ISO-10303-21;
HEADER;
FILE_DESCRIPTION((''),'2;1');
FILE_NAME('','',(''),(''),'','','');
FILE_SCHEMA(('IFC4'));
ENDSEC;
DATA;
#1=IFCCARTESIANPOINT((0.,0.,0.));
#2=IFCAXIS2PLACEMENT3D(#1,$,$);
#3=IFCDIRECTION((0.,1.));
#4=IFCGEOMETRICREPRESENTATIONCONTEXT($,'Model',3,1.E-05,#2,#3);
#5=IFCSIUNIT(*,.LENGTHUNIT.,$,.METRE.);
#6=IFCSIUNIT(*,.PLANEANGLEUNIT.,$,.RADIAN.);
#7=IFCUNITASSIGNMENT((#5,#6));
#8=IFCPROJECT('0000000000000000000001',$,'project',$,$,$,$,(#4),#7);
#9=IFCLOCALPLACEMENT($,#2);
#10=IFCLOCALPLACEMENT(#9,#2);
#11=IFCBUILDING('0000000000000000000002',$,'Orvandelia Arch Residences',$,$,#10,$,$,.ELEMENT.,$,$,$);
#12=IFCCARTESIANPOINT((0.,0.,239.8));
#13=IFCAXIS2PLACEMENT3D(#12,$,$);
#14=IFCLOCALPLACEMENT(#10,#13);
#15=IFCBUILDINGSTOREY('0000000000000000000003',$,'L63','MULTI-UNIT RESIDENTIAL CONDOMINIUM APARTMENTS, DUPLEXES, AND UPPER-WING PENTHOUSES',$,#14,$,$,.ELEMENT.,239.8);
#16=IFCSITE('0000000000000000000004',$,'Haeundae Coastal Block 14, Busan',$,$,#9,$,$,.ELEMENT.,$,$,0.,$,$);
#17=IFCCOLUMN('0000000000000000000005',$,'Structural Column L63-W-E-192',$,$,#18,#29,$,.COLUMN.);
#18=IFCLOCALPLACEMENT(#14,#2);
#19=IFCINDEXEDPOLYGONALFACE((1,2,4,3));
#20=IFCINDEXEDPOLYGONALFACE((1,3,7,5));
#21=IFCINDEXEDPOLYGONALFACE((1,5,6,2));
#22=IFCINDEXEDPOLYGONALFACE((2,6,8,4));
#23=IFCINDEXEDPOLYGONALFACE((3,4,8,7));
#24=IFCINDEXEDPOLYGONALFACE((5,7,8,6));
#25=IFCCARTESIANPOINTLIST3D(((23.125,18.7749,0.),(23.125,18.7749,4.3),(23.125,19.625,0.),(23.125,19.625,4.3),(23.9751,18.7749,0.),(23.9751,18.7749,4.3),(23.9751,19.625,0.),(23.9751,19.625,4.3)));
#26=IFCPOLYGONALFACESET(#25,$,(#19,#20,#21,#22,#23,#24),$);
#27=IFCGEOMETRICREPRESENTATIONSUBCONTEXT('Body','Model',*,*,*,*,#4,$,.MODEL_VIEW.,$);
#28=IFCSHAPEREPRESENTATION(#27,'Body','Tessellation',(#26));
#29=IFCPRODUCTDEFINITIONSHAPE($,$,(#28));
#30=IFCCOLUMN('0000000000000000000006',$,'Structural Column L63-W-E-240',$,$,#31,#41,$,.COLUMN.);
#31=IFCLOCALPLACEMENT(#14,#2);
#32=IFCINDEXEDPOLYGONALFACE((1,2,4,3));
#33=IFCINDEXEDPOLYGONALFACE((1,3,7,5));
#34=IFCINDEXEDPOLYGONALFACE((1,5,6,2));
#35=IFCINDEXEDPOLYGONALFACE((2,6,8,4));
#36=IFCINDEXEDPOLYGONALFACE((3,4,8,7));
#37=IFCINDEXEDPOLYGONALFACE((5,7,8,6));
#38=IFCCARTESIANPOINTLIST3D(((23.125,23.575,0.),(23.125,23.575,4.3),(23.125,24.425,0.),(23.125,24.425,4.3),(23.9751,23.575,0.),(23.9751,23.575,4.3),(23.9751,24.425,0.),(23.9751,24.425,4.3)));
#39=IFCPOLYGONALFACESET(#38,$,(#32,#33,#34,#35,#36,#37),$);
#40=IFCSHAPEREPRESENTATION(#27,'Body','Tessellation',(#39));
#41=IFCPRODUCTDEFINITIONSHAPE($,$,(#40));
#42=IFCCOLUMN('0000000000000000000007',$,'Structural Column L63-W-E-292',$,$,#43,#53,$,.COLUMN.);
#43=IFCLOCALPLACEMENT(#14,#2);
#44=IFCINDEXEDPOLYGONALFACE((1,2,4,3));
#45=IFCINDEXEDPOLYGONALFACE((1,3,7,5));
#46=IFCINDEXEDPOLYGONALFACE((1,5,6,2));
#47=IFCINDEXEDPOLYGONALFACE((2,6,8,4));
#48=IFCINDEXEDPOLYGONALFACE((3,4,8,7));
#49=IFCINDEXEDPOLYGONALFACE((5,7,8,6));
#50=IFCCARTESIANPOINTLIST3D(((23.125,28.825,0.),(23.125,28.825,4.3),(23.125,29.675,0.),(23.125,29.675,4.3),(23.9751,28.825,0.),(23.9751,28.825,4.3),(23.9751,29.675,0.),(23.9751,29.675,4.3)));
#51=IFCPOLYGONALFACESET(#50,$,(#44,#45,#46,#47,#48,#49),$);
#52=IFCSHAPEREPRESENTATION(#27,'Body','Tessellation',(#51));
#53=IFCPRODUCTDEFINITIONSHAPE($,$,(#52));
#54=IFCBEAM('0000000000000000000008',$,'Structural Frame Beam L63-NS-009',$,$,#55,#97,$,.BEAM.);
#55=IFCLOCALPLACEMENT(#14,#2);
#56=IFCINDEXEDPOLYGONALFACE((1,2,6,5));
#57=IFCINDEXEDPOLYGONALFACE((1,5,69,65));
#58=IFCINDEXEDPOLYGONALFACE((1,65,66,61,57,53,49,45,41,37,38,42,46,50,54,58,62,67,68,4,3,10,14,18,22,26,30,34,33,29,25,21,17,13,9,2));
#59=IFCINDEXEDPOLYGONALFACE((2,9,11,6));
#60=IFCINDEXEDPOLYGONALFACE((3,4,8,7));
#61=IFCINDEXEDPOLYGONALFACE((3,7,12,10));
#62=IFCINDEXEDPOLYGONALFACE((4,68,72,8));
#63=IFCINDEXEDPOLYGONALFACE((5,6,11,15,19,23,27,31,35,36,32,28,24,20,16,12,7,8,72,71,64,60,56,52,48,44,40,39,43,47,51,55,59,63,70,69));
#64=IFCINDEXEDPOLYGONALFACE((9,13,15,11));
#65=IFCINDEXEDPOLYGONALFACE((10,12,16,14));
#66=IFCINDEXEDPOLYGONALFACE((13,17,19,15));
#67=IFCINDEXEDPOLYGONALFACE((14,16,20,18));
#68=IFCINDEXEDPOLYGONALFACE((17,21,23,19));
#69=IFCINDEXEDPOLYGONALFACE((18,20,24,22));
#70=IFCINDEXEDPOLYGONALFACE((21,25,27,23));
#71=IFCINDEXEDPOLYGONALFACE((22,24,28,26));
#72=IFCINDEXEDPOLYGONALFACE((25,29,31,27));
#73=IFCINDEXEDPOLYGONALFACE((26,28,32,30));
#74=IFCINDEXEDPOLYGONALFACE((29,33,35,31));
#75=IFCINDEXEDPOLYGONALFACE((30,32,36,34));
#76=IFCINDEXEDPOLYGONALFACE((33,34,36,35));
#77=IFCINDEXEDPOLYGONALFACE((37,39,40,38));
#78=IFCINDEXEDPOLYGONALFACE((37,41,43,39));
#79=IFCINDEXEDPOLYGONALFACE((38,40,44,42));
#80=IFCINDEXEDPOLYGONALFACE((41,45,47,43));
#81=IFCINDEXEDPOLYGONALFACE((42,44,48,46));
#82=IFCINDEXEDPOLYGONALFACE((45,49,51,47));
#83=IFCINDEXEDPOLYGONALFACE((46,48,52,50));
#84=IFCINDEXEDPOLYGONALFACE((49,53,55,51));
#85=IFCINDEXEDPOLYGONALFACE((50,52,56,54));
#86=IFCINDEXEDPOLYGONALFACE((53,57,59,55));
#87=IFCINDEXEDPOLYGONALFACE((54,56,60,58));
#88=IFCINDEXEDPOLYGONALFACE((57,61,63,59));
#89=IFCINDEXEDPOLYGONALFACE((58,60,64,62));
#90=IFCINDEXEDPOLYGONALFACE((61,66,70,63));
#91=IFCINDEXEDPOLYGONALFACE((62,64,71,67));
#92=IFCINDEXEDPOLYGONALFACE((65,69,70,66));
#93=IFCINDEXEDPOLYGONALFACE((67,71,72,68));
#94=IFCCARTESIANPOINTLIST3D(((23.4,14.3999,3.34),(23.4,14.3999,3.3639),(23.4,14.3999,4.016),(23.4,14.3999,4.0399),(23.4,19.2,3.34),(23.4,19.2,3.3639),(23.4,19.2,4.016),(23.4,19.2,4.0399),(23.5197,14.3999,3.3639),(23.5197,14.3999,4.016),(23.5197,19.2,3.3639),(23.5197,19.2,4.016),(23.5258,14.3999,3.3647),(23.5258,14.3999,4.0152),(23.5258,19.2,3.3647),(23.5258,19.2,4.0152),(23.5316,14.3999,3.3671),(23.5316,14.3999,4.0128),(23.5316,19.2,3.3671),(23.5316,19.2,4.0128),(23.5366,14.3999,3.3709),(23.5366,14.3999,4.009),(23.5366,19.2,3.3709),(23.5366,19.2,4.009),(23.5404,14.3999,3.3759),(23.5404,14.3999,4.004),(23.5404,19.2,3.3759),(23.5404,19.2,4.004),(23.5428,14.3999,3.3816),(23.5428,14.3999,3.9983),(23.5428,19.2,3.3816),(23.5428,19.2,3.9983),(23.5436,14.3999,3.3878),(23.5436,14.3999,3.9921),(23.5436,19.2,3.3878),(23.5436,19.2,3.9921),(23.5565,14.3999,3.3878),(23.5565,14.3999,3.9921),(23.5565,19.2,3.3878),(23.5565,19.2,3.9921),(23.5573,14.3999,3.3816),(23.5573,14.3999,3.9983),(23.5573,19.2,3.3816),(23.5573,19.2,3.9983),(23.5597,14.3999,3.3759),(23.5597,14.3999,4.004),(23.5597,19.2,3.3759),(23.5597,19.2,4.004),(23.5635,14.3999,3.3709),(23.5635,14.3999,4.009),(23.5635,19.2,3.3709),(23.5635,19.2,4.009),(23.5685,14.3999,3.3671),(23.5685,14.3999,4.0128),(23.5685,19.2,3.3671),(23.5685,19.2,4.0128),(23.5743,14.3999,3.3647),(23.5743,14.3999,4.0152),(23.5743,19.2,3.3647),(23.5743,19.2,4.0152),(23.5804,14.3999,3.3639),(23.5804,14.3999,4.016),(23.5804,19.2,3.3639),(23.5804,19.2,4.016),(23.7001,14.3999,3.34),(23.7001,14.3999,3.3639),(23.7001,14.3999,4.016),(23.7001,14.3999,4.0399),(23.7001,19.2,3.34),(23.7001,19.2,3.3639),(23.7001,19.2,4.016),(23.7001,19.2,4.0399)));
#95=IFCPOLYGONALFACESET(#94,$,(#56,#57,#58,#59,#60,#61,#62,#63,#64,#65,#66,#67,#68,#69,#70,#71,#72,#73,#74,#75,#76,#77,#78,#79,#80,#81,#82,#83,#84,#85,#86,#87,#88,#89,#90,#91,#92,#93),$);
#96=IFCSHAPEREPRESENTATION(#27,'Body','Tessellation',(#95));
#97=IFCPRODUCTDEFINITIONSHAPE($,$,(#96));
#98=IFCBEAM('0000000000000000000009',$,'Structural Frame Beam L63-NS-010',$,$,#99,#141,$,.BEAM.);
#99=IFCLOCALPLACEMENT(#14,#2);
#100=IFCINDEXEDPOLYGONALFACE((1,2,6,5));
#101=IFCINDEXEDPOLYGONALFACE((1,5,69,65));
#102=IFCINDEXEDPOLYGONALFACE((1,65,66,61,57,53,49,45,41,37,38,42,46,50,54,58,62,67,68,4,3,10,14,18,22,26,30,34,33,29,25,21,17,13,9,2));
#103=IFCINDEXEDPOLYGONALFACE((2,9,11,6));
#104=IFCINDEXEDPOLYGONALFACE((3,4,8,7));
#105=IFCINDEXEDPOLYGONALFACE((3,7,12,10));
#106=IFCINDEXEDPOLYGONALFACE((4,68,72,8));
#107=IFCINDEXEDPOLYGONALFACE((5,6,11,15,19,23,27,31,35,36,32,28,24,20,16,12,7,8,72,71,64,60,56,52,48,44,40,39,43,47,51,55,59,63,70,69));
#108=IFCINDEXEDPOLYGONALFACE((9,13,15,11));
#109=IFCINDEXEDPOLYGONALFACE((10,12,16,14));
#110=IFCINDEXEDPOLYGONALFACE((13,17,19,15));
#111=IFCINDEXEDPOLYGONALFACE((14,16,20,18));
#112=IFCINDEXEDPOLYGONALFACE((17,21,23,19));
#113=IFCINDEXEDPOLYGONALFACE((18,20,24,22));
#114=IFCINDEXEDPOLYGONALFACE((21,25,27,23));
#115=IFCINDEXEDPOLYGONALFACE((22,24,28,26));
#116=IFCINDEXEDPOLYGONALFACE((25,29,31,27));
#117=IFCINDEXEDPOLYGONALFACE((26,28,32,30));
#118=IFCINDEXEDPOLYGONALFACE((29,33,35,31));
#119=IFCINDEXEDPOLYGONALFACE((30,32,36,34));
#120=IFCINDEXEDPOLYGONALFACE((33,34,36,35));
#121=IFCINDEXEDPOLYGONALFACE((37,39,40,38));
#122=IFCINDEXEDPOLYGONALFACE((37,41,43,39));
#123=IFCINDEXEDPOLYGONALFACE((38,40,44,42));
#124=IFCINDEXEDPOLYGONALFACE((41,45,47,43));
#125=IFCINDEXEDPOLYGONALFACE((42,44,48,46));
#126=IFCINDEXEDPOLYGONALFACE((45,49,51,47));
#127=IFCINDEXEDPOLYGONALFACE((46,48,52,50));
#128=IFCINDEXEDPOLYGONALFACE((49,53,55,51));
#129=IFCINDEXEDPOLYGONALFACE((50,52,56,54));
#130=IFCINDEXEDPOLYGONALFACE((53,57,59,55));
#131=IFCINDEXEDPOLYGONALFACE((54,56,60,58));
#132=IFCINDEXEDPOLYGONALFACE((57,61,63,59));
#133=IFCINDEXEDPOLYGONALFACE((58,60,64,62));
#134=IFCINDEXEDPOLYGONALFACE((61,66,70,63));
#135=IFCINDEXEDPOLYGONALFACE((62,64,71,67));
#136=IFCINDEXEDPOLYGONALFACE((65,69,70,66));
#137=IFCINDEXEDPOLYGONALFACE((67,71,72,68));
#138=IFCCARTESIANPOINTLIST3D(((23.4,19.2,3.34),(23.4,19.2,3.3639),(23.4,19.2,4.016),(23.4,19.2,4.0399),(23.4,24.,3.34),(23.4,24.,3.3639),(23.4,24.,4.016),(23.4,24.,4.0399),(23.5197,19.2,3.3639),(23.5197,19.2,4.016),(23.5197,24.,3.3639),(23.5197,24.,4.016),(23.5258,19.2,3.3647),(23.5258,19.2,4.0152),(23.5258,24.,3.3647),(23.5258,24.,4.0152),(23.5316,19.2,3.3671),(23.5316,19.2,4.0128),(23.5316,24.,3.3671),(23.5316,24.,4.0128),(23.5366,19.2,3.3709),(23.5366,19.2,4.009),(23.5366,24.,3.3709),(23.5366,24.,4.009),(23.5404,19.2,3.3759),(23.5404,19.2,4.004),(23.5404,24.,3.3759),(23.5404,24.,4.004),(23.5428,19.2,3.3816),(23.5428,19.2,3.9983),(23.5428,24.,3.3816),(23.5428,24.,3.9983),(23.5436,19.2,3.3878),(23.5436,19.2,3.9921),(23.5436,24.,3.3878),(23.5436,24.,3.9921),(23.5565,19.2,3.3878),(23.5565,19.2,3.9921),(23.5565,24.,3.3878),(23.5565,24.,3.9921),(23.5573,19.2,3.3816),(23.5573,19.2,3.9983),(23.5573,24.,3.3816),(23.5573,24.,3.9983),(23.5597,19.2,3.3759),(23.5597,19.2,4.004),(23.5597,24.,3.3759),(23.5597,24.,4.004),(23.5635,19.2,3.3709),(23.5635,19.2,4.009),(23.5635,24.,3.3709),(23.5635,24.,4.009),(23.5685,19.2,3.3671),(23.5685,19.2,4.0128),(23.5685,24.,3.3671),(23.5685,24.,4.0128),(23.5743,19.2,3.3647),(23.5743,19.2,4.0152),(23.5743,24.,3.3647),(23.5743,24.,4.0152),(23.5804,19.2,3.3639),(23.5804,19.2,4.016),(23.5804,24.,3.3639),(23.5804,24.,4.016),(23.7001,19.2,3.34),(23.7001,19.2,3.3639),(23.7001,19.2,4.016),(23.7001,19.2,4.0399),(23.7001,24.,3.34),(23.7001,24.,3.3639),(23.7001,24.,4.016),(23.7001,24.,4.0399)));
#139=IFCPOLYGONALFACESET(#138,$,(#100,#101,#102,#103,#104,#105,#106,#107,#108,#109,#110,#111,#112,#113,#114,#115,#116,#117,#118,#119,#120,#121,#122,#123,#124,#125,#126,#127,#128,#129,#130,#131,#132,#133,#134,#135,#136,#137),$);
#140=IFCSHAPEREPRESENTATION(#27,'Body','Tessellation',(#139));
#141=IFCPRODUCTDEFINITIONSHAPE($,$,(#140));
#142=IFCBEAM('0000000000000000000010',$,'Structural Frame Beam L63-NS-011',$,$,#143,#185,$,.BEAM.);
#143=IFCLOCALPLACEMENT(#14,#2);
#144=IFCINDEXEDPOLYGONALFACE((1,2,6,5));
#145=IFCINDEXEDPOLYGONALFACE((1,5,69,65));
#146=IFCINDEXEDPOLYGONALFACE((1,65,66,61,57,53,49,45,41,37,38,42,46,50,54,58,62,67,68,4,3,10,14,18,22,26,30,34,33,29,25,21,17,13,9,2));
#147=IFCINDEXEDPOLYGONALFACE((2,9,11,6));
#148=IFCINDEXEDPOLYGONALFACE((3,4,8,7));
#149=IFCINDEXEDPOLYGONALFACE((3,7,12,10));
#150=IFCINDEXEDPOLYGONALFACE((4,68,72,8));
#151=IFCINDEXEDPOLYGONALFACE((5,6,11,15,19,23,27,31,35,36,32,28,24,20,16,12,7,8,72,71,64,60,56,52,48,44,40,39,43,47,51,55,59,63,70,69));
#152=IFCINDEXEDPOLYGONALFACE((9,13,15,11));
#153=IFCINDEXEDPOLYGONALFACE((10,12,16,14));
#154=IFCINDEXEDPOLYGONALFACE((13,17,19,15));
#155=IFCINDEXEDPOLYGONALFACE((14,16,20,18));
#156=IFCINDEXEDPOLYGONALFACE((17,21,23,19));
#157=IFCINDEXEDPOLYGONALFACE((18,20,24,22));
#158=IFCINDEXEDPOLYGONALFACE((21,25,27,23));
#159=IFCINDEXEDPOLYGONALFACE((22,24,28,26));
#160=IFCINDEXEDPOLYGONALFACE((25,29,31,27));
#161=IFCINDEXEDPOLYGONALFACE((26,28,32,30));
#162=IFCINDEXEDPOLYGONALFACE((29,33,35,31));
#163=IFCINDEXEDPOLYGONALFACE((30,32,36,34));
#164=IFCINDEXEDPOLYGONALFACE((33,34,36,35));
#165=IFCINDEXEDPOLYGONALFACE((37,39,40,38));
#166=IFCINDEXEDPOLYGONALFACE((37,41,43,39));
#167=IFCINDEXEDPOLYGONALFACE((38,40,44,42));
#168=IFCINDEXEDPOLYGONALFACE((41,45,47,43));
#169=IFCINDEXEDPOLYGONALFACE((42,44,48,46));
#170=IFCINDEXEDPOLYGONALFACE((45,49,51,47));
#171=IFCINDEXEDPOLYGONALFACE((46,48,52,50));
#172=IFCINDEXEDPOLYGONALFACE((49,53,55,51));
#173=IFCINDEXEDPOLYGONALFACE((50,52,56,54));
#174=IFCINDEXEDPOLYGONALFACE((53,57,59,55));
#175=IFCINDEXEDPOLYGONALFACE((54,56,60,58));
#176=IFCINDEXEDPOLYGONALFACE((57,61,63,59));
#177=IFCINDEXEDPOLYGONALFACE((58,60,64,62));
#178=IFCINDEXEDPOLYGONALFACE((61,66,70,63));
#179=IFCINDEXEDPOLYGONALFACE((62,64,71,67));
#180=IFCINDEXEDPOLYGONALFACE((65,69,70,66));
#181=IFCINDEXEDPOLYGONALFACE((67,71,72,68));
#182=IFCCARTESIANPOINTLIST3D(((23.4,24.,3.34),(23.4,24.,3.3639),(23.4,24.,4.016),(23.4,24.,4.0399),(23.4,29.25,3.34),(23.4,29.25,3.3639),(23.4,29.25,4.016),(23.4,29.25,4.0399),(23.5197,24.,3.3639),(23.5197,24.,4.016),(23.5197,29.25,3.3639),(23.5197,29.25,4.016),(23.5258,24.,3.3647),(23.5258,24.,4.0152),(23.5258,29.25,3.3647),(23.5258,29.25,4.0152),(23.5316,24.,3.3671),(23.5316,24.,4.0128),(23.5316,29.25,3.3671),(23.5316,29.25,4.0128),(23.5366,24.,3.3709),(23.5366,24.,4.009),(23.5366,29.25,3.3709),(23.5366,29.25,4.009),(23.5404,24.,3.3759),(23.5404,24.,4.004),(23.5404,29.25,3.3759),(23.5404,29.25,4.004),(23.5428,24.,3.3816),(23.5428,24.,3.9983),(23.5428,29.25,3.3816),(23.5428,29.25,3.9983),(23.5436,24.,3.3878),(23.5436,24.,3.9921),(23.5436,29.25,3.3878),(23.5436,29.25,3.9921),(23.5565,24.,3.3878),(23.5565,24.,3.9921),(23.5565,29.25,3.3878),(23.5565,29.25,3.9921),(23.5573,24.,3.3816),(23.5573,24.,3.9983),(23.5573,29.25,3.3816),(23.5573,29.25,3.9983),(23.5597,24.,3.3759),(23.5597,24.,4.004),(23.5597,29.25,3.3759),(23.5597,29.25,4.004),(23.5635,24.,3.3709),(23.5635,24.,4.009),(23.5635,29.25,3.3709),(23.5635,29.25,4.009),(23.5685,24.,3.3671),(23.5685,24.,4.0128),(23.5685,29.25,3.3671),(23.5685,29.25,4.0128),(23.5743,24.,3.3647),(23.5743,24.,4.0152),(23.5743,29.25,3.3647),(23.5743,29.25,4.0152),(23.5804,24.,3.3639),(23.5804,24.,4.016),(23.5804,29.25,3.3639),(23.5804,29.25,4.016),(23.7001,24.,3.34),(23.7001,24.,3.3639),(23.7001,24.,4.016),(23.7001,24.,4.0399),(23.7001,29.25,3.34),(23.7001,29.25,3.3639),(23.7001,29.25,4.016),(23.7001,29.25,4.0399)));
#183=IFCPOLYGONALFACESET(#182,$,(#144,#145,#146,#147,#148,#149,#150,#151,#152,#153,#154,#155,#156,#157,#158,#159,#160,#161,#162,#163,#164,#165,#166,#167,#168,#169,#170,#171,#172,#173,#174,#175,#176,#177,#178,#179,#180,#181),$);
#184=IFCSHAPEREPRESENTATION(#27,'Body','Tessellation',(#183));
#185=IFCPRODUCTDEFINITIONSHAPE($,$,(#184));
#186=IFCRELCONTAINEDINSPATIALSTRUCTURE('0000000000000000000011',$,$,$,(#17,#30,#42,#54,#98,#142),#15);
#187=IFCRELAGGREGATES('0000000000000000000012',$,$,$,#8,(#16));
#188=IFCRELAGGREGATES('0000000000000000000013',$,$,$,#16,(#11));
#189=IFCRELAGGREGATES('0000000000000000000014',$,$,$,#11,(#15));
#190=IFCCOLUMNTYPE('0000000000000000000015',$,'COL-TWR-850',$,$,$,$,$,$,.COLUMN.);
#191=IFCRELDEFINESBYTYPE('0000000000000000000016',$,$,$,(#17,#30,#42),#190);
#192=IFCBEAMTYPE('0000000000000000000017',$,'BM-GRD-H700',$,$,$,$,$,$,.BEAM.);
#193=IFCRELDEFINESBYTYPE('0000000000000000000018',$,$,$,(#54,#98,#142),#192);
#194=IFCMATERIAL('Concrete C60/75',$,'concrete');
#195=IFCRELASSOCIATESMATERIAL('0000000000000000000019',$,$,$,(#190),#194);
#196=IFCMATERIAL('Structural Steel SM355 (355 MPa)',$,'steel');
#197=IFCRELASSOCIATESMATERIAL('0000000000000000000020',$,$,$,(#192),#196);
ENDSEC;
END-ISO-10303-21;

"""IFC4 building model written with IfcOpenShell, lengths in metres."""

from ifc_helpers import new_model, si_unit, direction, frame, origin, origin_2d, place, context, subcontext, project, spatial, rectangle, i_section, extrude, material, material_profile, profile_set, type_object, element, save


model = new_model("IFC4")

# Units and contexts
model_context = context("Model", 3, precision=1e-05, world=origin(), true_north=direction((0.0, 1.0)))
body_context = subcontext(model_context, "Body", "Model", "MODEL_VIEW")
ifc_project = project(units=[si_unit("LENGTHUNIT", "METRE"), si_unit("PLANEANGLEUNIT", "RADIAN")], contexts=[model_context])

# Site, building, storey
site_placement = place(None, origin())
site = spatial("IfcSite", under=ifc_project, at=site_placement, Name="Haeundae Coastal Block 14, Busan", CompositionType="ELEMENT", RefElevation=0.0)
building_placement = place(site_placement, origin())
building = spatial("IfcBuilding", under=site, at=building_placement, Name="Orvandelia Arch Residences", CompositionType="ELEMENT")
storey_placement = place(building_placement, frame((0.0, 0.0, 239.8)))
storey = spatial("IfcBuildingStorey", under=building, at=storey_placement, Name="L63", Description="MULTI-UNIT RESIDENTIAL CONDOMINIUM APARTMENTS, DUPLEXES, AND UPPER-WING PENTHOUSES", CompositionType="ELEMENT", Elevation=239.8)

# Columns
ifc_material_1 = material(Name="Concrete C60/75", Category="concrete")
ifc_material_profile_1 = material_profile(ifc_material_1, rectangle(XDim=0.8501, YDim=0.8501, at=origin_2d()), Name="Concrete C60/75", Category="concrete")
ifc_profile_set_1 = profile_set([ifc_material_profile_1], Name="Concrete C60/75")
column_type = type_object("IfcColumnType", Name="COL-TWR-850", PredefinedType="COLUMN", material=ifc_profile_set_1)
for number, where, z_axis, x_axis, name in (
    (1, (23.55, 19.2, 0.0), (0.0, 0.0, 1.0), (1.0, 0.0, 0.0), "Structural Column L63-W-E-192"),
    (2, (23.55, 24.0, 0.0), (0.0, 0.0, 1.0), (1.0, 0.0, 0.0), "Structural Column L63-W-E-240"),
    (3, (23.55, 29.25, 0.0), (0.0, 0.0, 1.0), (1.0, 0.0, 0.0), "Structural Column L63-W-E-292"),
):
    element("IfcColumn", number, at=place(storey_placement, frame(where, z_axis=z_axis, x_axis=x_axis)), inside=storey, type_object=column_type, Name=name, PredefinedType="COLUMN", context=body_context, shape_type="SweptSolid", body=[
        extrude(rectangle(XDim=0.8501, YDim=0.8501, at=origin_2d()), origin(), (0.0, 0.0, 1.0), 4.3),
    ])

# Beams
ifc_material_2 = material(Name="Structural Steel SM355 (355 MPa)", Category="steel")
ifc_material_profile_2 = material_profile(ifc_material_2, i_section(OverallWidth=0.3, OverallDepth=0.7, WebThickness=0.0129, FlangeThickness=0.0239, FilletRadius=0.0239, at=origin_2d()), Name="Structural Steel SM355 (355 MPa)", Category="steel")
ifc_profile_set_2 = profile_set([ifc_material_profile_2], Name="Structural Steel SM355 (355 MPa)")
beam_type = type_object("IfcBeamType", Name="BM-GRD-H700", PredefinedType="BEAM", material=ifc_profile_set_2)
for number, where, z_axis, x_axis, name in (
    (4, (23.55, 14.3999, 3.6899), (0.0, 1.0, 0.0), (-1.0, 0.0, 0.0), "Structural Frame Beam L63-NS-009"),
    (5, (23.55, 19.2, 3.6899), (0.0, 1.0, 0.0), (-1.0, 0.0, 0.0), "Structural Frame Beam L63-NS-010"),
):
    element("IfcBeam", number, at=place(storey_placement, frame(where, z_axis=z_axis, x_axis=x_axis)), inside=storey, type_object=beam_type, Name=name, PredefinedType="BEAM", context=body_context, shape_type="SweptSolid", body=[
        extrude(i_section(OverallWidth=0.3, OverallDepth=0.7, WebThickness=0.0129, FlangeThickness=0.0239, FilletRadius=0.0239, at=origin_2d()), origin(), (0.0, 0.0, 1.0), 4.8),
    ])
beam_1_placement = place(storey_placement, frame((23.55, 24.0, 3.6899), z_axis=(0.0, 1.0, 0.0), x_axis=(-1.0, 0.0, 0.0)))
element("IfcBeam", 6, at=beam_1_placement, inside=storey, type_object=beam_type, Name="Structural Frame Beam L63-NS-011", PredefinedType="BEAM", context=body_context, shape_type="SweptSolid", body=[
    extrude(i_section(OverallWidth=0.3, OverallDepth=0.7, WebThickness=0.0129, FlangeThickness=0.0239, FilletRadius=0.0239, at=origin_2d()), origin(), (0.0, 0.0, 1.0), 5.25),
])

save(model, "model.ifc")
